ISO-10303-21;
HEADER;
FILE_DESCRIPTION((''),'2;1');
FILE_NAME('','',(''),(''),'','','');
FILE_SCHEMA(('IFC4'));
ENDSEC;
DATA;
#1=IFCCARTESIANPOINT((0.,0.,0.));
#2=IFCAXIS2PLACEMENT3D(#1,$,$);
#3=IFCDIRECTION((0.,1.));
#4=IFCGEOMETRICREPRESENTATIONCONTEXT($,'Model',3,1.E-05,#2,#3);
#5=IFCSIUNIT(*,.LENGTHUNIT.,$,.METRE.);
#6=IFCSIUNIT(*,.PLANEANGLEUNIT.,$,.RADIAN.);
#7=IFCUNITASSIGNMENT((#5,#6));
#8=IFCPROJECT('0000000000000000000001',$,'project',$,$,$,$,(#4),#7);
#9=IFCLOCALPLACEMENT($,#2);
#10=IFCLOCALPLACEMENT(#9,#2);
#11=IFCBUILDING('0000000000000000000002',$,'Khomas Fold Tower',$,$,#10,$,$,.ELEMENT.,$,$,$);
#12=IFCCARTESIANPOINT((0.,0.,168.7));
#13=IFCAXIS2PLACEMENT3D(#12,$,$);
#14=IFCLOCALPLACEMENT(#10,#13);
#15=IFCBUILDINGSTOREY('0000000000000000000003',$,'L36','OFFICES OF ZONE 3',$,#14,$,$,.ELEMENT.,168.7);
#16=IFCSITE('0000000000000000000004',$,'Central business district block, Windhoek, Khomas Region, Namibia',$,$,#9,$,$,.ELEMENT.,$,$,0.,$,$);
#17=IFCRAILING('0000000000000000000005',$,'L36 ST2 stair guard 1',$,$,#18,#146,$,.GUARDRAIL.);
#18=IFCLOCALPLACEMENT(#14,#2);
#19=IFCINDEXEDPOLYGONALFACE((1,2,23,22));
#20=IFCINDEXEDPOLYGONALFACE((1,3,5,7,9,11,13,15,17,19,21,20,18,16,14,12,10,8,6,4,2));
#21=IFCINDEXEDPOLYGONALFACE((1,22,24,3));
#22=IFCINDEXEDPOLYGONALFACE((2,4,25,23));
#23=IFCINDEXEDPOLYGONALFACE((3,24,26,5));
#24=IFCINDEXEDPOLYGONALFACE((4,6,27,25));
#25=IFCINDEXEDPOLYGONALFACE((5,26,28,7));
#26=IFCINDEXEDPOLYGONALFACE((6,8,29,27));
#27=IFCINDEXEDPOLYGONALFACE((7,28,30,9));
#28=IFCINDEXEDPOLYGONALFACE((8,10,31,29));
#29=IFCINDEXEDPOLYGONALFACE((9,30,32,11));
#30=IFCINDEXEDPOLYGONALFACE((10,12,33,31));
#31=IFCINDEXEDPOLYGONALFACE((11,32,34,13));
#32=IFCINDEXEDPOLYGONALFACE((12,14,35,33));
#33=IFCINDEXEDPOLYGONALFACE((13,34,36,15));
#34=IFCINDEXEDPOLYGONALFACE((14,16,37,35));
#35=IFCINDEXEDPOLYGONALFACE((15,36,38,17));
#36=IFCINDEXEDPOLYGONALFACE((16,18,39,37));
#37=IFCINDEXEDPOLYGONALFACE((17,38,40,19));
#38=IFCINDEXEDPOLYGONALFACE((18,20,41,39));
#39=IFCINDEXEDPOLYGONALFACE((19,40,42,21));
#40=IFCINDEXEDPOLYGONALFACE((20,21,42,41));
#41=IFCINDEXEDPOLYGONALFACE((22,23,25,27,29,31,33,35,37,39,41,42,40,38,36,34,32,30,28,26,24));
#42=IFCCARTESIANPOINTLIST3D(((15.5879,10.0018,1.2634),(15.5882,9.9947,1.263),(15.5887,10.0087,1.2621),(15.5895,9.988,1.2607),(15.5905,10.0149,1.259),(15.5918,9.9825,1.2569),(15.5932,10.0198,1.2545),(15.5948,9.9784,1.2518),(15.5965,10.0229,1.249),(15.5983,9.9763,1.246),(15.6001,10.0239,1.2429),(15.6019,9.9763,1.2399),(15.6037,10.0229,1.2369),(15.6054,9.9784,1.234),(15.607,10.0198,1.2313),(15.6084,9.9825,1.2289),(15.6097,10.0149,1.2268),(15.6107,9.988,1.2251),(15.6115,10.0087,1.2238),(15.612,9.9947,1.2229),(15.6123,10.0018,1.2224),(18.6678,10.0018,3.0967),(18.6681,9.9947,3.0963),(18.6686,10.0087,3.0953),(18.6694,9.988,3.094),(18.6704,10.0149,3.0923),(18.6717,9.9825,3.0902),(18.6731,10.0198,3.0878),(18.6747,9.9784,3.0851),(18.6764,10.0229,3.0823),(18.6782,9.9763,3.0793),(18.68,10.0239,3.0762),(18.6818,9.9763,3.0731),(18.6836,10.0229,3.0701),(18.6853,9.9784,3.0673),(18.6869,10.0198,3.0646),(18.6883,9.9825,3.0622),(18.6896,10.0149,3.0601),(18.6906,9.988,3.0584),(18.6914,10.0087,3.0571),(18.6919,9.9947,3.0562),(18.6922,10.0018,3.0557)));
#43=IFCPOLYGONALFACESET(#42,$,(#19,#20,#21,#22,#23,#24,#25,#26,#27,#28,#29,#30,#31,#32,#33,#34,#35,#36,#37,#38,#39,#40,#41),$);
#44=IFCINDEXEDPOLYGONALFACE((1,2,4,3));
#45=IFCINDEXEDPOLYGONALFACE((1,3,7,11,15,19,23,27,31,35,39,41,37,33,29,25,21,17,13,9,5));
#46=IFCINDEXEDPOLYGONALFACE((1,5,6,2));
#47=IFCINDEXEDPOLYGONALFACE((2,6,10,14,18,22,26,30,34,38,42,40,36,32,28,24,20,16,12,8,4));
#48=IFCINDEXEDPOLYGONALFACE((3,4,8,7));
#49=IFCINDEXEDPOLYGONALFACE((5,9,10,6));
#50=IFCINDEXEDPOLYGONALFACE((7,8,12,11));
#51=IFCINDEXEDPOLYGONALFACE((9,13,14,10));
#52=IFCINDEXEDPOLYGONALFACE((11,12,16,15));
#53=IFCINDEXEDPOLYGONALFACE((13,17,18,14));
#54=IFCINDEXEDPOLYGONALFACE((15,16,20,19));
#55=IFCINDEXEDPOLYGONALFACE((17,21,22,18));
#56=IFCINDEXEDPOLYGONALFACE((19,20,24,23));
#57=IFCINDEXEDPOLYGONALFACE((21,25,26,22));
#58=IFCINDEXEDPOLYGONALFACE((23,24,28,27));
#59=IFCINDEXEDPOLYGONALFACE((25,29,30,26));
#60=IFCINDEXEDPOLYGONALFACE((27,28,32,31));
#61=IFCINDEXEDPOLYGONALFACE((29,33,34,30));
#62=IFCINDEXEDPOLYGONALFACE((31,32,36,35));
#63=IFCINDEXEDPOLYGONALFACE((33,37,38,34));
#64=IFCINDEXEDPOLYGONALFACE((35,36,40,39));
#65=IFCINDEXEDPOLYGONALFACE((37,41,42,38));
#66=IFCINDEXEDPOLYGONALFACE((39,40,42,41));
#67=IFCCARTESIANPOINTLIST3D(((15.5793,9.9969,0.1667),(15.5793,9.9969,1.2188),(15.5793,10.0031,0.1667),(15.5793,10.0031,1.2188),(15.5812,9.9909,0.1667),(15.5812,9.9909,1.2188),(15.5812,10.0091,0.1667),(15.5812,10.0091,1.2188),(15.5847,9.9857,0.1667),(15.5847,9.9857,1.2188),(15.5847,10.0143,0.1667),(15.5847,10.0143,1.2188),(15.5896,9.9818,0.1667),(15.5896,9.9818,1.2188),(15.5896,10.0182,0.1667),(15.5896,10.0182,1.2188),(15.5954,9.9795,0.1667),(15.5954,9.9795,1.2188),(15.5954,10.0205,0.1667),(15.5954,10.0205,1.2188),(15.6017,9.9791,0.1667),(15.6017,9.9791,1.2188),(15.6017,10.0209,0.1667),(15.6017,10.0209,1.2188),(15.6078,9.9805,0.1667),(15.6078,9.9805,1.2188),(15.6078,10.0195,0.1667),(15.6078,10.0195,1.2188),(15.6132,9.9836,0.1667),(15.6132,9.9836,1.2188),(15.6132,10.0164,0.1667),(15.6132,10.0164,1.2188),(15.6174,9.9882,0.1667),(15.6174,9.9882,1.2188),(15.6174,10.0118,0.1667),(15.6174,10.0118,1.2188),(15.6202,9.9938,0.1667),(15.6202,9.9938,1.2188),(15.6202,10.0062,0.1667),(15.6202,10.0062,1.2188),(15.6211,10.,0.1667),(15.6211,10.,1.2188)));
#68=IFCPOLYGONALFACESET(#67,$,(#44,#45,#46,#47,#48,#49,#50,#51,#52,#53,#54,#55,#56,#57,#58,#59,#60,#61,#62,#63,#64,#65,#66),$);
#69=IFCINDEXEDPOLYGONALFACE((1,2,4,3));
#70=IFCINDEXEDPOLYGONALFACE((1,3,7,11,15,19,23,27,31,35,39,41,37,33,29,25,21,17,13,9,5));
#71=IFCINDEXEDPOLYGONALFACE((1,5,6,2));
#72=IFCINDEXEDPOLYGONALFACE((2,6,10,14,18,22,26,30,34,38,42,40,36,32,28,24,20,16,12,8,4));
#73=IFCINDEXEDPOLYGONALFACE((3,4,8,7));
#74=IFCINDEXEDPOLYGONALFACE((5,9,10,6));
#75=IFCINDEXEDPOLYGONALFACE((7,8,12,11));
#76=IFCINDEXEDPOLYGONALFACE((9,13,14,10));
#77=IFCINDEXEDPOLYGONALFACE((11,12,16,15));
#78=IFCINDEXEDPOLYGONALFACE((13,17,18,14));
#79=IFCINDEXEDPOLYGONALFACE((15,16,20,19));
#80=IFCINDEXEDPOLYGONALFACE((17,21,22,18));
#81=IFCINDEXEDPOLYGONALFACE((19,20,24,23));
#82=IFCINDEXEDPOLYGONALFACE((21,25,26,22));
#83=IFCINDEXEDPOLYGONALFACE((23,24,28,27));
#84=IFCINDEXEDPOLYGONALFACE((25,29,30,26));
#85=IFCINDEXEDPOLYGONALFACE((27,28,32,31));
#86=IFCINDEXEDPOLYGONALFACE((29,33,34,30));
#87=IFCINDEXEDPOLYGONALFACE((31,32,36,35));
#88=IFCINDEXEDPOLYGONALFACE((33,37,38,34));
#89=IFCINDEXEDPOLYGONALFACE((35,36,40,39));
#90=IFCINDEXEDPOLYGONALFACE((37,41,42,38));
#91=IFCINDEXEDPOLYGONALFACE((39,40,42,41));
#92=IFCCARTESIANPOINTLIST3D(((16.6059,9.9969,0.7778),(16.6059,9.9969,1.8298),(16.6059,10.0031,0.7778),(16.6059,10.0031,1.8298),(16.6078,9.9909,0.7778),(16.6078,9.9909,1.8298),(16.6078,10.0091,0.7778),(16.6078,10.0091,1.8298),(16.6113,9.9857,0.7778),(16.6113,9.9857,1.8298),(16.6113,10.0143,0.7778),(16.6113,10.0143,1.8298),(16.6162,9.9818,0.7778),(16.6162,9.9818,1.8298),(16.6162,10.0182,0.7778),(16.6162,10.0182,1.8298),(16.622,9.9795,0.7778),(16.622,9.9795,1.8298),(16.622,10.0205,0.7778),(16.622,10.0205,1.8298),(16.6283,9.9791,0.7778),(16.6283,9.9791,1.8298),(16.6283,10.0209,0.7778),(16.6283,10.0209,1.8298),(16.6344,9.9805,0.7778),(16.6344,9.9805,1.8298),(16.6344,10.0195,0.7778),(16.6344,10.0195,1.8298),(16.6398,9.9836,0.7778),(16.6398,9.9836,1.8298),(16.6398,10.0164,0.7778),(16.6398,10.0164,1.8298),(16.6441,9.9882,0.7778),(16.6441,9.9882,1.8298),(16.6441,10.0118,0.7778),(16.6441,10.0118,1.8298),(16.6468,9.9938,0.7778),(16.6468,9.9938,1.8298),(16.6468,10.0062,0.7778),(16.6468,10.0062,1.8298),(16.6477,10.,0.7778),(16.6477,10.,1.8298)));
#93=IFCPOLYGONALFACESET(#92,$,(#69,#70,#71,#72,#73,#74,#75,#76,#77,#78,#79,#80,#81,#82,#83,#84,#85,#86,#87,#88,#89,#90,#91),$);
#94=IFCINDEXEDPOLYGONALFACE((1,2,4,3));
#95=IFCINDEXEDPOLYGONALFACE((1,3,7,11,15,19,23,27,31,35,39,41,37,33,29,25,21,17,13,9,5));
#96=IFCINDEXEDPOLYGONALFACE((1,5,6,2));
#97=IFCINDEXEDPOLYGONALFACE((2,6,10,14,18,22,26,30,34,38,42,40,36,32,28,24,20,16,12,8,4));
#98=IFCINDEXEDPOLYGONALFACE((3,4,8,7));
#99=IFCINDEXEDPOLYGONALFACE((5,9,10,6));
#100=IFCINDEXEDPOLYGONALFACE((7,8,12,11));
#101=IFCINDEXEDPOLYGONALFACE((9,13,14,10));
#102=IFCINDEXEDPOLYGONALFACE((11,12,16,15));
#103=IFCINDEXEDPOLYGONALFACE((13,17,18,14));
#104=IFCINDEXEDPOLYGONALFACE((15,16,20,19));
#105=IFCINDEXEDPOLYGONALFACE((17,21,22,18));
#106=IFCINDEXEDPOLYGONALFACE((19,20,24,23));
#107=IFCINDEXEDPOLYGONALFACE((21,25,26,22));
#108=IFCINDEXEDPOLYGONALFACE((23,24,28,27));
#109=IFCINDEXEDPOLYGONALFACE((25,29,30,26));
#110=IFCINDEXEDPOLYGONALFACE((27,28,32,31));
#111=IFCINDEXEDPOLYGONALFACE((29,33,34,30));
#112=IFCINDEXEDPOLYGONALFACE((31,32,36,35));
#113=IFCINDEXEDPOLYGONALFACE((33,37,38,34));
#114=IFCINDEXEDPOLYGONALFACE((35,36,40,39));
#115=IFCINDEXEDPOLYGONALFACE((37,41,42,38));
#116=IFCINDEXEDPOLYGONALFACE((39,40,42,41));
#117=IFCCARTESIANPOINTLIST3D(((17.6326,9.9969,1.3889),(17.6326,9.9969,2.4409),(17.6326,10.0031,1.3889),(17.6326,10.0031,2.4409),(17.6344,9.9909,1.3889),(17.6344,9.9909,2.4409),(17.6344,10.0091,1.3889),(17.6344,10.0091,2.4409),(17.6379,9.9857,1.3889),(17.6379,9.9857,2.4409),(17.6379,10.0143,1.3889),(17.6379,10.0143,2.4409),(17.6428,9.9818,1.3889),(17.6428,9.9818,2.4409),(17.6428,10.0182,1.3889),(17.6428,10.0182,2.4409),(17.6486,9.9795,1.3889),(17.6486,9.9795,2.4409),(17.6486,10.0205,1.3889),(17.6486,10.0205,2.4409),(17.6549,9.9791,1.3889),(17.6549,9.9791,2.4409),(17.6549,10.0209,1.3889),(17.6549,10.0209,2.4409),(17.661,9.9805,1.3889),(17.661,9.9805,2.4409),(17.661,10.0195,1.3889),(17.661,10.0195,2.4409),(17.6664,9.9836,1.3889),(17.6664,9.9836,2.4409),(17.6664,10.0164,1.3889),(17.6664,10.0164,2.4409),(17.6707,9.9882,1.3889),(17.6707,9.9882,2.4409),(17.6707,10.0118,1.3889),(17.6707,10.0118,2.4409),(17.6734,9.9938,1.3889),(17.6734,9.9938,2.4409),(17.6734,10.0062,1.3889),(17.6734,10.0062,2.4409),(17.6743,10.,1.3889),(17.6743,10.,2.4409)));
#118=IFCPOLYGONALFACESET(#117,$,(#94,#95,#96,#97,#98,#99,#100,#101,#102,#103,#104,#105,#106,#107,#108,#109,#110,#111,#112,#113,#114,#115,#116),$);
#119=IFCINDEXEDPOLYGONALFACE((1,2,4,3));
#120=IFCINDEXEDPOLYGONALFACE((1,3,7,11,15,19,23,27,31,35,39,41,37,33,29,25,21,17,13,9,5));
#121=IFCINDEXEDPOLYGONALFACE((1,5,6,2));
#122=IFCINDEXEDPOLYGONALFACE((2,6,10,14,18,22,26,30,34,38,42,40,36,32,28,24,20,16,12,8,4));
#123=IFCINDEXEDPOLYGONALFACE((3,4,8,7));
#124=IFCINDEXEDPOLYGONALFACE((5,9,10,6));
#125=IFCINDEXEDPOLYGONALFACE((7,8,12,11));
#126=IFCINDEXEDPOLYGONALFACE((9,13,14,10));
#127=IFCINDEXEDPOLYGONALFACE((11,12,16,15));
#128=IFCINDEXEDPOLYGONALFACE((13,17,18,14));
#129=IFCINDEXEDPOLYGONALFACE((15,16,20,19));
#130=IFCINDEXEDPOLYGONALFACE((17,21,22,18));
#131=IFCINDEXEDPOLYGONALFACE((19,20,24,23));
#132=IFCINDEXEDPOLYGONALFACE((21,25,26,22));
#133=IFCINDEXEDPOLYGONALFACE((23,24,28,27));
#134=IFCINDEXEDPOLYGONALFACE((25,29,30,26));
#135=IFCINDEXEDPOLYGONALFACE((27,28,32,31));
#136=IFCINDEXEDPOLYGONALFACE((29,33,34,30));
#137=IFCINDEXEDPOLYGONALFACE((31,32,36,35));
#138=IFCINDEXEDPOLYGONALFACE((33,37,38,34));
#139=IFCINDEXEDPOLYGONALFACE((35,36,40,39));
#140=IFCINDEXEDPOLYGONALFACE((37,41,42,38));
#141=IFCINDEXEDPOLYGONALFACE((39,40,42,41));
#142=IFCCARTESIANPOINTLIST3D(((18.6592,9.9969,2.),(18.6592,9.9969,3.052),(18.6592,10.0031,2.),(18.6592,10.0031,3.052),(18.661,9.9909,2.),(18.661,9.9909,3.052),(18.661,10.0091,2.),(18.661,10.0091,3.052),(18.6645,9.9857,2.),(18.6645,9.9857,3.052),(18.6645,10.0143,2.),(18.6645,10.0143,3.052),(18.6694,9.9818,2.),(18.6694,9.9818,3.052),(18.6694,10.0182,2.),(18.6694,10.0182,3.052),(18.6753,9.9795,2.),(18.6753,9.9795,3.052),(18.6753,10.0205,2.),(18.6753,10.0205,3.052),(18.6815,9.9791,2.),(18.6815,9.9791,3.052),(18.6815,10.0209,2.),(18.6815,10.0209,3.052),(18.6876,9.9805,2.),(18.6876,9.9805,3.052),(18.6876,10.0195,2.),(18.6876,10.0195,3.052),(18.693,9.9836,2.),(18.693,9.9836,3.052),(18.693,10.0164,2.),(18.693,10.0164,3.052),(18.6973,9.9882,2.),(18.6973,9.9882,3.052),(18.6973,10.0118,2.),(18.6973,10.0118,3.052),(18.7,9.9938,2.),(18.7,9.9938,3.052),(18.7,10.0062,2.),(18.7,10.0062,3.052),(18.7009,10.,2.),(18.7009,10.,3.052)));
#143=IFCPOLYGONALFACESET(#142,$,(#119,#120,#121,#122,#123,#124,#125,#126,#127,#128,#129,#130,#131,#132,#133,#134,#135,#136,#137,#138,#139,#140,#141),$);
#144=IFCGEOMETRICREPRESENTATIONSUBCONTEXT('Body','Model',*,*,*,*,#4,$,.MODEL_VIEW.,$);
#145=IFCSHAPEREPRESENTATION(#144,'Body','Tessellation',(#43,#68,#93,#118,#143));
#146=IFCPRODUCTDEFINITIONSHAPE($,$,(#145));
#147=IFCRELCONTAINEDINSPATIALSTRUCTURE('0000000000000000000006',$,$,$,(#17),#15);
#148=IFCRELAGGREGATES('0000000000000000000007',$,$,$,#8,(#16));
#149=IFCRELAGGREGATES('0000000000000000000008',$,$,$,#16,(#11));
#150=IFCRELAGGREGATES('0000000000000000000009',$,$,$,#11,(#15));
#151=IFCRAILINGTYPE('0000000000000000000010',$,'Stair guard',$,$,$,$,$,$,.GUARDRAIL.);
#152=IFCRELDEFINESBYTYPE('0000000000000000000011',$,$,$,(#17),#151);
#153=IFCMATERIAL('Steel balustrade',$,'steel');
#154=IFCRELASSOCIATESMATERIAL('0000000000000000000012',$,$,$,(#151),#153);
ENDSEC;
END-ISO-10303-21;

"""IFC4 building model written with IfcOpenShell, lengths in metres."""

from ifc_helpers import new_model, si_unit, direction, frame, origin, origin_2d, place, context, subcontext, project, spatial, circle, extrude, source, transform, mapped, material, type_object, element, save


model = new_model("IFC4")

# Units and contexts
model_context = context("Model", 3, precision=1e-05, world=origin(), true_north=direction((0.0, 1.0)))
body_context = subcontext(model_context, "Body", "Model", "MODEL_VIEW")
ifc_project = project(units=[si_unit("LENGTHUNIT", "METRE"), si_unit("PLANEANGLEUNIT", "RADIAN")], contexts=[model_context])

# Site, building, storey
site_placement = place(None, origin())
site = spatial("IfcSite", under=ifc_project, at=site_placement, Name="Central business district block, Windhoek, Khomas Region, Namibia", CompositionType="ELEMENT", RefElevation=0.0)
building_placement = place(site_placement, origin())
building = spatial("IfcBuilding", under=site, at=building_placement, Name="Khomas Fold Tower", CompositionType="ELEMENT")
storey_placement = place(building_placement, frame((0.0, 0.0, 168.7)))
storey = spatial("IfcBuildingStorey", under=building, at=storey_placement, Name="L36", Description="OFFICES OF ZONE 3", CompositionType="ELEMENT", Elevation=168.7)

# Railing
ifc_material_1 = material(Name="Steel balustrade", Category="steel")
railing_type_1 = type_object("IfcRailingType", Name="Stair guard", PredefinedType="GUARDRAIL", material=ifc_material_1)
shared_shape_1 = source(origin(), body_context, "Body", "SweptSolid", [
    extrude(circle(Radius=0.0239, at=origin_2d()), frame((0.0, 0.0, 1.0762), z_axis=(0.859291, 0.0, 0.511487), x_axis=(0.0, 1.0, 0.0)), (0.0, 0.0, 1.0), 3.5842),
    extrude(circle(Radius=0.021, at=origin_2d()), origin(), (0.0, 0.0, 1.0), 1.052),
    extrude(circle(Radius=0.021, at=origin_2d()), frame((1.0266, 0.0, 0.6111)), (0.0, 0.0, 1.0), 1.052),
    extrude(circle(Radius=0.021, at=origin_2d()), frame((2.0532, 0.0, 1.2222)), (0.0, 0.0, 1.0), 1.052),
    extrude(circle(Radius=0.021, at=origin_2d()), frame((3.0798, 0.0, 1.8333)), (0.0, 0.0, 1.0), 1.052),
])
railing_1_placement = place(storey_placement, frame((15.6001, 10.0, 0.1667)))
element("IfcRailing", 1, at=railing_1_placement, inside=storey, type_object=railing_type_1, Name="L36 ST2 stair guard 1", PredefinedType="GUARDRAIL", context=body_context, shape_type="MappedRepresentation", body=[
    mapped(shared_shape_1, transform((0.0, 0.0, 0.0))),
])

save(model, "model.ifc")
